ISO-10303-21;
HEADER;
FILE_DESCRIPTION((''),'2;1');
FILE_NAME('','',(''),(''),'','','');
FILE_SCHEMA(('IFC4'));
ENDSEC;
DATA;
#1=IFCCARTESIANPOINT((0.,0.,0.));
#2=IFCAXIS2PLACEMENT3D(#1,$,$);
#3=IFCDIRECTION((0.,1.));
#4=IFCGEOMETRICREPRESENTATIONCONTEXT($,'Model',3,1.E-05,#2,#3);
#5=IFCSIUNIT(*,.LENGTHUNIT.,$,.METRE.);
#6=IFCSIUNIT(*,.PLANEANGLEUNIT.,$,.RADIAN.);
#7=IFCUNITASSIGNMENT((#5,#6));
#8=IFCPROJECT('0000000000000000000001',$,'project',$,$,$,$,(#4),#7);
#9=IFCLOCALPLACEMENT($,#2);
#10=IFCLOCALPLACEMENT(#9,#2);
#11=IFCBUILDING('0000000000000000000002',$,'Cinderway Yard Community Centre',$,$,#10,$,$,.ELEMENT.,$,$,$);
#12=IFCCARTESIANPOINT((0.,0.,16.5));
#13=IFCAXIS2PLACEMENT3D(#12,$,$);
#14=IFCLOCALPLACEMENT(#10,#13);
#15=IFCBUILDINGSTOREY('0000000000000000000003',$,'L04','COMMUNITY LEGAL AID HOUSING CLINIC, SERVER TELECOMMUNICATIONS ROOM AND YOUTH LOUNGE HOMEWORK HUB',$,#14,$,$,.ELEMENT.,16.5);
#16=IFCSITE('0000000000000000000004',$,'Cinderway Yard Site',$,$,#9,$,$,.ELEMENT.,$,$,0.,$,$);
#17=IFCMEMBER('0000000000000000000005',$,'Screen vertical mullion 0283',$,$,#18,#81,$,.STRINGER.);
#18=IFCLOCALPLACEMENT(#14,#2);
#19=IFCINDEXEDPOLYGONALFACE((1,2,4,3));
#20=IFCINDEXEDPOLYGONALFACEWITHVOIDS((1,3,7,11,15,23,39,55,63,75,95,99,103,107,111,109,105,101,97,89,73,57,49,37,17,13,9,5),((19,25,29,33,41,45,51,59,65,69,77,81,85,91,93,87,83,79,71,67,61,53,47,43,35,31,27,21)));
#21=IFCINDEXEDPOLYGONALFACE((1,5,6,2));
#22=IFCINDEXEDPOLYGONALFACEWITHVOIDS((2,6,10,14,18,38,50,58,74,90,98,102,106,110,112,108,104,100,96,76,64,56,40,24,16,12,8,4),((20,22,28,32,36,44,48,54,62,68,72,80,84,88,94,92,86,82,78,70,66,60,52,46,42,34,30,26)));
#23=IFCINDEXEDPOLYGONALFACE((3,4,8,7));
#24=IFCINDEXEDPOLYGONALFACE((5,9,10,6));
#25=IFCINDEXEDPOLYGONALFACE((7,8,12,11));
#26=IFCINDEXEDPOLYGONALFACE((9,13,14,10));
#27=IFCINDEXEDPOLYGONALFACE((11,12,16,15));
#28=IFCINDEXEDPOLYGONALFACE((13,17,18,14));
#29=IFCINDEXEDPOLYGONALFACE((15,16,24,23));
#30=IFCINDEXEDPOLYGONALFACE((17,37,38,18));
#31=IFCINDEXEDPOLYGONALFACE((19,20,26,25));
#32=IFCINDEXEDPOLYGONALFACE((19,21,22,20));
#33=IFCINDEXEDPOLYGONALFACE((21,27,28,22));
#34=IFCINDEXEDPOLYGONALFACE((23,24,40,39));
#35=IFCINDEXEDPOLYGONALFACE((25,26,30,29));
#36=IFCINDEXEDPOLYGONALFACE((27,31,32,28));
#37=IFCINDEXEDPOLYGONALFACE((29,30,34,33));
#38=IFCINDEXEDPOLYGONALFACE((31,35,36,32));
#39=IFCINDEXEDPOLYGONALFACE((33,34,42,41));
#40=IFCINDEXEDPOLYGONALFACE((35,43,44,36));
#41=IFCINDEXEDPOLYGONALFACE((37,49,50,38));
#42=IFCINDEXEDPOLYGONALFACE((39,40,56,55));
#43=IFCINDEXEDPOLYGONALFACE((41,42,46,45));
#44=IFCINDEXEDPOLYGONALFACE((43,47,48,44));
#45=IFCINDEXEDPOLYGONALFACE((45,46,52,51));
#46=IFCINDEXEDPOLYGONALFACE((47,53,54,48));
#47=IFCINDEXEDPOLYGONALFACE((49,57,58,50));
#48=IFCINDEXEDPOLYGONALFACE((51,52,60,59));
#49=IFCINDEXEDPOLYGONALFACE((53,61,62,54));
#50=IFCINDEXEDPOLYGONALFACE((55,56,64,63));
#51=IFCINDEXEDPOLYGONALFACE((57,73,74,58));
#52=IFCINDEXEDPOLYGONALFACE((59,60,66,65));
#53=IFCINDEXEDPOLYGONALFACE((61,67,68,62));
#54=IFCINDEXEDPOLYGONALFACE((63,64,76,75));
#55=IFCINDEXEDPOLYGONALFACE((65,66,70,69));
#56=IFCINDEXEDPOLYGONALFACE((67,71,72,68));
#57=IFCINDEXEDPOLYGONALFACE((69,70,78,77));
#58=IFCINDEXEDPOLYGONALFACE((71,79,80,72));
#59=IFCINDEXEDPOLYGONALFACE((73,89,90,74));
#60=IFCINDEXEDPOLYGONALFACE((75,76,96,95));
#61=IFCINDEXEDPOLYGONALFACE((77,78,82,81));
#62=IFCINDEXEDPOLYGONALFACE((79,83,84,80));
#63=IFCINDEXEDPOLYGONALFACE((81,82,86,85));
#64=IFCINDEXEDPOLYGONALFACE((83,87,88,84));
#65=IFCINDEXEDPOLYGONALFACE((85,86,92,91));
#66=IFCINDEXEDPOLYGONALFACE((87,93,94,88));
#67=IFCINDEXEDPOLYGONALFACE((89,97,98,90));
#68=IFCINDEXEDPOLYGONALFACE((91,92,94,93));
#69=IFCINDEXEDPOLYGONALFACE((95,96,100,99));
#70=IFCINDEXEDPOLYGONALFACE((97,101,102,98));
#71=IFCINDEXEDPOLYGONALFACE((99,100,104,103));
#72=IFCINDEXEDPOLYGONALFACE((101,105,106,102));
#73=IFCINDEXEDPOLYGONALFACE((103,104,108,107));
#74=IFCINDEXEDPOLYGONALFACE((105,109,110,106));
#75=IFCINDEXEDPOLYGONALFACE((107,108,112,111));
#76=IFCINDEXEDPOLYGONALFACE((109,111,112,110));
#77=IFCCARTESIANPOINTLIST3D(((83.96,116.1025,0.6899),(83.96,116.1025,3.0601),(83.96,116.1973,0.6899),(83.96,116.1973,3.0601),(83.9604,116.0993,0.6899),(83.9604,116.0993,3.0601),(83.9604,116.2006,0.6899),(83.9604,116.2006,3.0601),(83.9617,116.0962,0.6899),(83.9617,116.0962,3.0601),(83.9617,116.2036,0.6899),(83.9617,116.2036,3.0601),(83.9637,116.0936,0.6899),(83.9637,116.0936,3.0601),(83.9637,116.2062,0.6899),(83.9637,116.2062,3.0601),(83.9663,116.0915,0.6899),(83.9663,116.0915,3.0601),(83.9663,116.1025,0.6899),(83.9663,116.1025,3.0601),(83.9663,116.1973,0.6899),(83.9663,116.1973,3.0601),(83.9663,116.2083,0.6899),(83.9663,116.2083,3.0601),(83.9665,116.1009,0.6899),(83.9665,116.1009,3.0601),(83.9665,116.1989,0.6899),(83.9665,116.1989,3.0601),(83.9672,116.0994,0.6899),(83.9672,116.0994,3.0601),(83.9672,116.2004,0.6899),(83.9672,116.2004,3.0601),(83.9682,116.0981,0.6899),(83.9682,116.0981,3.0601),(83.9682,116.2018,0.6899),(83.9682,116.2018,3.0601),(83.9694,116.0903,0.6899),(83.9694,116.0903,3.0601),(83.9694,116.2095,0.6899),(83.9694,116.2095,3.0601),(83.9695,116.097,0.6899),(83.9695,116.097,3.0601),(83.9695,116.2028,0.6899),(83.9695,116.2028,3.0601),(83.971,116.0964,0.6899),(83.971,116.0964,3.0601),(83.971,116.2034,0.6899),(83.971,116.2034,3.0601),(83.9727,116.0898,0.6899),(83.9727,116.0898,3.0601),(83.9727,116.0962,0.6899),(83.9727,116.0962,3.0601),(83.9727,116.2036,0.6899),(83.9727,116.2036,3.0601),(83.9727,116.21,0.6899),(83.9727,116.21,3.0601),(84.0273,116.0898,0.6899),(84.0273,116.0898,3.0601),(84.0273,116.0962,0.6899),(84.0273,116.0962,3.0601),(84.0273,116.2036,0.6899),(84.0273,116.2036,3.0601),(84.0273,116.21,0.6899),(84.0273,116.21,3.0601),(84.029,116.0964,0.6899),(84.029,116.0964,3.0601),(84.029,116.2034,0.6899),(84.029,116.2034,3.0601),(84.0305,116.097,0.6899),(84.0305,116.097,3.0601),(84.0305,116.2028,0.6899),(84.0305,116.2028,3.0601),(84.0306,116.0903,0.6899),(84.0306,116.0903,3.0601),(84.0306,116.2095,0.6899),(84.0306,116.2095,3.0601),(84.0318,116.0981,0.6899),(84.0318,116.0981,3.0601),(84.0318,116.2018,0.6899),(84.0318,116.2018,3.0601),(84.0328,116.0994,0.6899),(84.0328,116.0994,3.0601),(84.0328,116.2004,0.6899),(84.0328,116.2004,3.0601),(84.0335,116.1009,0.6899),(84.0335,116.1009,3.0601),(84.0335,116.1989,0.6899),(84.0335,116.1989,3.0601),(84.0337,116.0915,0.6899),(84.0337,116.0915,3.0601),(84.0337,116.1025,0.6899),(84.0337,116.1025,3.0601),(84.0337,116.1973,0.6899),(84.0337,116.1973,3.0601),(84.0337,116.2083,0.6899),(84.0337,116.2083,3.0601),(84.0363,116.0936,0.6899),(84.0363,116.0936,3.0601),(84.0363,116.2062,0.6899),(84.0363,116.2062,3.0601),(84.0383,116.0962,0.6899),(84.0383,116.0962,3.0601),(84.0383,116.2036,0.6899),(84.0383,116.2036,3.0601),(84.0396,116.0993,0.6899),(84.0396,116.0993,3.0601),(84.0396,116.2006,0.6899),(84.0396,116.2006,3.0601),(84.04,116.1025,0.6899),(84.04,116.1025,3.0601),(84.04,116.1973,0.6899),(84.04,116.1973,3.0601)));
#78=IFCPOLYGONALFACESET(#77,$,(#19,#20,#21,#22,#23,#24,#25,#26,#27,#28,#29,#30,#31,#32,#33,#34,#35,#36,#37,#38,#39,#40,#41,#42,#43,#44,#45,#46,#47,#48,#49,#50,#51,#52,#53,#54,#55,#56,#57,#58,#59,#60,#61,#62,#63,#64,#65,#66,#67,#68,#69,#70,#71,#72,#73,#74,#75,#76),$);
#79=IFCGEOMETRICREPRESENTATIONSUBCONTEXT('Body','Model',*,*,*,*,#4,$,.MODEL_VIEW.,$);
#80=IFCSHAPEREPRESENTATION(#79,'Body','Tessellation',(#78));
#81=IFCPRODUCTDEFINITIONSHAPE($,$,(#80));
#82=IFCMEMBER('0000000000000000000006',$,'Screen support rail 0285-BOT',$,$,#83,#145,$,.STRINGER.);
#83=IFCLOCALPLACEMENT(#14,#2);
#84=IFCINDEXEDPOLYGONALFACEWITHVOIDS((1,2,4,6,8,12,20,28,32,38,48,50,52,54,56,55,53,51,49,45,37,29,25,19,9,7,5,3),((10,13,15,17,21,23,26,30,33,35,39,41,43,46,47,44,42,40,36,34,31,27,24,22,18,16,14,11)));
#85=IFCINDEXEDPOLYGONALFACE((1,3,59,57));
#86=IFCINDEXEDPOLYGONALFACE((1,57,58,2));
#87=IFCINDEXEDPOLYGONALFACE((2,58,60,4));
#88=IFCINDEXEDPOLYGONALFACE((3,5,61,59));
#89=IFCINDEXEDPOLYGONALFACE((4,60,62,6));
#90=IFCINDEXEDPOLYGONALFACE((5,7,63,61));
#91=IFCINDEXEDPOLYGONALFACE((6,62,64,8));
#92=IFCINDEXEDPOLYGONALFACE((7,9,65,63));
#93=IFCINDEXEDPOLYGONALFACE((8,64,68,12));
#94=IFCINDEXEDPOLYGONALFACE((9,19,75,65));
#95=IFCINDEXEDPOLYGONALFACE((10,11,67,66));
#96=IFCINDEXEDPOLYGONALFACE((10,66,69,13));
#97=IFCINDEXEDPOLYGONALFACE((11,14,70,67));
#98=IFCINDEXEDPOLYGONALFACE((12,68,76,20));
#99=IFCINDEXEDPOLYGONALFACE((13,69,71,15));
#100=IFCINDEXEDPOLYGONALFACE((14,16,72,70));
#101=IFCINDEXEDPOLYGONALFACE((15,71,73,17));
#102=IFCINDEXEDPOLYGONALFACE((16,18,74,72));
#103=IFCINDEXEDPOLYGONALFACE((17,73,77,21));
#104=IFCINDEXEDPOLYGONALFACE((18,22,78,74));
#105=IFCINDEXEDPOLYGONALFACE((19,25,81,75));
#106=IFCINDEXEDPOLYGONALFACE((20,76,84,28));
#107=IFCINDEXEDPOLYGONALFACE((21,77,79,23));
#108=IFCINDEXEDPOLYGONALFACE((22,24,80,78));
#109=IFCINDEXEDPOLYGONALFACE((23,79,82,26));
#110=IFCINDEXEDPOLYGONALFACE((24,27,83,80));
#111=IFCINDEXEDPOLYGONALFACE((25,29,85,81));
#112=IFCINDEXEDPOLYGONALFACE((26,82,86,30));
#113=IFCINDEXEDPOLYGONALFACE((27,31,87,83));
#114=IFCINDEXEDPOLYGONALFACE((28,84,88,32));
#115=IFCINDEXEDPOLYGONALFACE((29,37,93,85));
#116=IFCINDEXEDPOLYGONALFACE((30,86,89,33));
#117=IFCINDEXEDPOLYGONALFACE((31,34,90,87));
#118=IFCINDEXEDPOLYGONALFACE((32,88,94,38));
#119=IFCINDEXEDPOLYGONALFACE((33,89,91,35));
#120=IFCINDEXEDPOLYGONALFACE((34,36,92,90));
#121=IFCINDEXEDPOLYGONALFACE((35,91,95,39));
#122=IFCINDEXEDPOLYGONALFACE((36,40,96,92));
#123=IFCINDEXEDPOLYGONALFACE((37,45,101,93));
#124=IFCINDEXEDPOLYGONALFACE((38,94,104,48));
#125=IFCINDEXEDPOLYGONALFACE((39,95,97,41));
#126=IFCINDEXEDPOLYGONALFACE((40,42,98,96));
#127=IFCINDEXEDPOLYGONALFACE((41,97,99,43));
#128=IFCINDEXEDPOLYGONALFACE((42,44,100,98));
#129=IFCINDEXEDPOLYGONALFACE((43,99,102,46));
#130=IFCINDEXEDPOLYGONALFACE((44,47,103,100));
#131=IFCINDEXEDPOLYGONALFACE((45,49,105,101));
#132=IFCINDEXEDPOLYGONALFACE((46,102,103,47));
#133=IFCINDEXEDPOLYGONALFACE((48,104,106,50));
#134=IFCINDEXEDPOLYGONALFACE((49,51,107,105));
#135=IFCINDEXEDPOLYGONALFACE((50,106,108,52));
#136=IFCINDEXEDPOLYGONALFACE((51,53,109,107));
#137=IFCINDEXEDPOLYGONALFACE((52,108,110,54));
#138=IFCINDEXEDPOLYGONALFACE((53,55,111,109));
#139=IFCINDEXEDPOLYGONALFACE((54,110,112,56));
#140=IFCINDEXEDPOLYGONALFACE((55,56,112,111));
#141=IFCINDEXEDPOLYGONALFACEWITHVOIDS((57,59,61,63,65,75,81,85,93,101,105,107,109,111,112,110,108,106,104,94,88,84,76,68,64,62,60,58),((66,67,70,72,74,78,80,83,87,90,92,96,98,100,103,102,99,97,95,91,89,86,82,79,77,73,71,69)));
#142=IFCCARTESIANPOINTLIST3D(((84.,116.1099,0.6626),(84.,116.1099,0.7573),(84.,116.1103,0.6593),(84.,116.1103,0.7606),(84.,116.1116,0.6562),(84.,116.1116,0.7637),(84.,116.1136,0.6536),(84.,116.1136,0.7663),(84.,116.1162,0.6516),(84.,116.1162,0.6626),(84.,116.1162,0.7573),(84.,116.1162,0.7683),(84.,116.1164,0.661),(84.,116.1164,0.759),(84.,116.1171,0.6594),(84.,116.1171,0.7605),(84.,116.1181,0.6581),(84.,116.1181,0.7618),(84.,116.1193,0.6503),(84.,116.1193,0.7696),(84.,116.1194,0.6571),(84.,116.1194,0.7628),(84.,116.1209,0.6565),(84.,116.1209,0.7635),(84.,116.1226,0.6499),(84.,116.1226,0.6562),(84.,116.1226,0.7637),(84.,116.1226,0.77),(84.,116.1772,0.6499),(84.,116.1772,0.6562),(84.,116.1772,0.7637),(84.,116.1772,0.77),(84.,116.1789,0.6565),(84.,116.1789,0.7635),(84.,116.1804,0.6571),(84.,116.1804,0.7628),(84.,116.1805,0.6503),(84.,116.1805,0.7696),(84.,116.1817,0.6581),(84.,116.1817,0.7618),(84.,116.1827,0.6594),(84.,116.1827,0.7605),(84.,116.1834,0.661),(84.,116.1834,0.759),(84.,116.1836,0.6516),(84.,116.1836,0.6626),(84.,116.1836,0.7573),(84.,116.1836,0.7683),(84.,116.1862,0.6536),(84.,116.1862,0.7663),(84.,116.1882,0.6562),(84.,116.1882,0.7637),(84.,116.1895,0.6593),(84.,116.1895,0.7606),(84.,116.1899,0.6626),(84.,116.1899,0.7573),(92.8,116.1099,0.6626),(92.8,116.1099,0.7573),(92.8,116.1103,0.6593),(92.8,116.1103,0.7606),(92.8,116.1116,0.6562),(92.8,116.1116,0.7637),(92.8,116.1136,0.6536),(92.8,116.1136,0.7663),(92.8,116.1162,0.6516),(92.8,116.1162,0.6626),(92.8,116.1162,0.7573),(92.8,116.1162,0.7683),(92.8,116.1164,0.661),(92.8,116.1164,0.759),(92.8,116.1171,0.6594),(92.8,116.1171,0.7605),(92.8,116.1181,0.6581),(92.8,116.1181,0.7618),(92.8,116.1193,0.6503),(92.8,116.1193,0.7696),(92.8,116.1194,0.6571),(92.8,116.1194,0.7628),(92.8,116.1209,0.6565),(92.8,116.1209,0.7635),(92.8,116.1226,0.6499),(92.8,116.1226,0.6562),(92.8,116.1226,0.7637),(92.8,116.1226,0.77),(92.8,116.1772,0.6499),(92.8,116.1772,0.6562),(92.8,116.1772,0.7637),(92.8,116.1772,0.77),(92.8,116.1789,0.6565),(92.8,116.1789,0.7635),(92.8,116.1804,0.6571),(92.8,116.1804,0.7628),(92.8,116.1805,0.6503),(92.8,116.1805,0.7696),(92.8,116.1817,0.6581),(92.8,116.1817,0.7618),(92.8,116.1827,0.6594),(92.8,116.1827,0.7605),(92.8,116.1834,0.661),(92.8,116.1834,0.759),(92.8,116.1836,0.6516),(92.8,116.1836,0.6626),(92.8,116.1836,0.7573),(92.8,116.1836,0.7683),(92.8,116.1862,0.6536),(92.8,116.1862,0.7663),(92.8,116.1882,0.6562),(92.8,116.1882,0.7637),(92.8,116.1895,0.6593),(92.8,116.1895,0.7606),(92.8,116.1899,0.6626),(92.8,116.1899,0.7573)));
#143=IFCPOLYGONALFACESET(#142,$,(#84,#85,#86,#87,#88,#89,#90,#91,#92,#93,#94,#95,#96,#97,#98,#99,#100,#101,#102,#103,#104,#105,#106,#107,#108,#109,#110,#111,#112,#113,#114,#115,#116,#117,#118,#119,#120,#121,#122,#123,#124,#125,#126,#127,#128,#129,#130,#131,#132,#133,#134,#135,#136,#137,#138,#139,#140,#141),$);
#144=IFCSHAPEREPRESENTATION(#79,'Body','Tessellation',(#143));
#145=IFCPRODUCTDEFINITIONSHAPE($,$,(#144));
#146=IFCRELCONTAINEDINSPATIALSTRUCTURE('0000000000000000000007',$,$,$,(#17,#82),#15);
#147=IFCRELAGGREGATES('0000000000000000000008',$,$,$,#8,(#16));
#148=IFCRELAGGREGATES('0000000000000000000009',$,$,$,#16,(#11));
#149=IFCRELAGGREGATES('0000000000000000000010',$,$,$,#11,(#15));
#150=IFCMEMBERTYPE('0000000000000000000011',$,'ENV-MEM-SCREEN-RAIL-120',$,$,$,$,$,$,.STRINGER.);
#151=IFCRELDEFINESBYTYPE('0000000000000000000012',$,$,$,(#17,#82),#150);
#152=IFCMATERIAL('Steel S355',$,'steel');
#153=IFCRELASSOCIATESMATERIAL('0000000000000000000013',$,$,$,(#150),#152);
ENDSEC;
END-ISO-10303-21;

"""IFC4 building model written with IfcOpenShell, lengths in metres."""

from ifc_helpers import new_model, si_unit, direction, frame, origin, origin_2d, place, context, subcontext, project, spatial, hollow_rectangle, extrude, material, material_profile, profile_set, type_object, element, save


model = new_model("IFC4")

# Units and contexts
model_context = context("Model", 3, precision=1e-05, world=origin(), true_north=direction((0.0, 1.0)))
body_context = subcontext(model_context, "Body", "Model", "MODEL_VIEW")
ifc_project = project(units=[si_unit("LENGTHUNIT", "METRE"), si_unit("PLANEANGLEUNIT", "RADIAN")], contexts=[model_context])

# Site, building, storey
site_placement = place(None, origin())
site = spatial("IfcSite", under=ifc_project, at=site_placement, Name="Cinderway Yard Site", CompositionType="ELEMENT", RefElevation=0.0)
building_placement = place(site_placement, origin())
building = spatial("IfcBuilding", under=site, at=building_placement, Name="Cinderway Yard Community Centre", CompositionType="ELEMENT")
storey_placement = place(building_placement, frame((0.0, 0.0, 16.5)))
storey = spatial("IfcBuildingStorey", under=building, at=storey_placement, Name="L04", Description="COMMUNITY LEGAL AID HOUSING CLINIC, SERVER TELECOMMUNICATIONS ROOM AND YOUTH LOUNGE HOMEWORK HUB", CompositionType="ELEMENT", Elevation=16.5)

# Members
ifc_material_1 = material(Name="Steel S355", Category="steel")
ifc_material_profile_1 = material_profile(ifc_material_1, hollow_rectangle(XDim=0.0801, YDim=0.1201, WallThickness=0.0063, InnerFilletRadius=0.0063, OuterFilletRadius=0.0127, at=origin_2d()), Name="Steel S355")
ifc_profile_set_1 = profile_set([ifc_material_profile_1], Name="Steel S355")
member_type_1 = type_object("IfcMemberType", Name="ENV-MEM-SCREEN-RAIL-120", PredefinedType="STRINGER", material=ifc_profile_set_1)
member_1_placement = place(storey_placement, frame((84.0, 116.1499, 0.6899), z_axis=(0.0, 0.0, 1.0), x_axis=(1.0, 0.0, 0.0)))
element("IfcMember", 1, at=member_1_placement, inside=storey, type_object=member_type_1, Name="Screen vertical mullion 0283", PredefinedType="STRINGER", context=body_context, shape_type="SweptSolid", body=[
    extrude(hollow_rectangle(XDim=0.0801, YDim=0.1201, WallThickness=0.0063, InnerFilletRadius=0.0063, OuterFilletRadius=0.0127, at=origin_2d()), origin(), (0.0, 0.0, 1.0), 2.3701),
])
for number, where, z_axis, x_axis, name in (
    (2, (84.0, 116.1499, 0.71), (1.0, 0.0, 0.0), (0.0, 1.0, 0.0), "Screen support rail 0285-BOT"),
):
    element("IfcMember", number, at=place(storey_placement, frame(where, z_axis=z_axis, x_axis=x_axis)), inside=storey, type_object=member_type_1, Name=name, PredefinedType="STRINGER", context=body_context, shape_type="SweptSolid", body=[
        extrude(hollow_rectangle(XDim=0.0801, YDim=0.1201, WallThickness=0.0063, InnerFilletRadius=0.0063, OuterFilletRadius=0.0127, at=origin_2d()), origin(), (0.0, 0.0, 1.0), 8.8),
    ])

save(model, "model.ifc")
